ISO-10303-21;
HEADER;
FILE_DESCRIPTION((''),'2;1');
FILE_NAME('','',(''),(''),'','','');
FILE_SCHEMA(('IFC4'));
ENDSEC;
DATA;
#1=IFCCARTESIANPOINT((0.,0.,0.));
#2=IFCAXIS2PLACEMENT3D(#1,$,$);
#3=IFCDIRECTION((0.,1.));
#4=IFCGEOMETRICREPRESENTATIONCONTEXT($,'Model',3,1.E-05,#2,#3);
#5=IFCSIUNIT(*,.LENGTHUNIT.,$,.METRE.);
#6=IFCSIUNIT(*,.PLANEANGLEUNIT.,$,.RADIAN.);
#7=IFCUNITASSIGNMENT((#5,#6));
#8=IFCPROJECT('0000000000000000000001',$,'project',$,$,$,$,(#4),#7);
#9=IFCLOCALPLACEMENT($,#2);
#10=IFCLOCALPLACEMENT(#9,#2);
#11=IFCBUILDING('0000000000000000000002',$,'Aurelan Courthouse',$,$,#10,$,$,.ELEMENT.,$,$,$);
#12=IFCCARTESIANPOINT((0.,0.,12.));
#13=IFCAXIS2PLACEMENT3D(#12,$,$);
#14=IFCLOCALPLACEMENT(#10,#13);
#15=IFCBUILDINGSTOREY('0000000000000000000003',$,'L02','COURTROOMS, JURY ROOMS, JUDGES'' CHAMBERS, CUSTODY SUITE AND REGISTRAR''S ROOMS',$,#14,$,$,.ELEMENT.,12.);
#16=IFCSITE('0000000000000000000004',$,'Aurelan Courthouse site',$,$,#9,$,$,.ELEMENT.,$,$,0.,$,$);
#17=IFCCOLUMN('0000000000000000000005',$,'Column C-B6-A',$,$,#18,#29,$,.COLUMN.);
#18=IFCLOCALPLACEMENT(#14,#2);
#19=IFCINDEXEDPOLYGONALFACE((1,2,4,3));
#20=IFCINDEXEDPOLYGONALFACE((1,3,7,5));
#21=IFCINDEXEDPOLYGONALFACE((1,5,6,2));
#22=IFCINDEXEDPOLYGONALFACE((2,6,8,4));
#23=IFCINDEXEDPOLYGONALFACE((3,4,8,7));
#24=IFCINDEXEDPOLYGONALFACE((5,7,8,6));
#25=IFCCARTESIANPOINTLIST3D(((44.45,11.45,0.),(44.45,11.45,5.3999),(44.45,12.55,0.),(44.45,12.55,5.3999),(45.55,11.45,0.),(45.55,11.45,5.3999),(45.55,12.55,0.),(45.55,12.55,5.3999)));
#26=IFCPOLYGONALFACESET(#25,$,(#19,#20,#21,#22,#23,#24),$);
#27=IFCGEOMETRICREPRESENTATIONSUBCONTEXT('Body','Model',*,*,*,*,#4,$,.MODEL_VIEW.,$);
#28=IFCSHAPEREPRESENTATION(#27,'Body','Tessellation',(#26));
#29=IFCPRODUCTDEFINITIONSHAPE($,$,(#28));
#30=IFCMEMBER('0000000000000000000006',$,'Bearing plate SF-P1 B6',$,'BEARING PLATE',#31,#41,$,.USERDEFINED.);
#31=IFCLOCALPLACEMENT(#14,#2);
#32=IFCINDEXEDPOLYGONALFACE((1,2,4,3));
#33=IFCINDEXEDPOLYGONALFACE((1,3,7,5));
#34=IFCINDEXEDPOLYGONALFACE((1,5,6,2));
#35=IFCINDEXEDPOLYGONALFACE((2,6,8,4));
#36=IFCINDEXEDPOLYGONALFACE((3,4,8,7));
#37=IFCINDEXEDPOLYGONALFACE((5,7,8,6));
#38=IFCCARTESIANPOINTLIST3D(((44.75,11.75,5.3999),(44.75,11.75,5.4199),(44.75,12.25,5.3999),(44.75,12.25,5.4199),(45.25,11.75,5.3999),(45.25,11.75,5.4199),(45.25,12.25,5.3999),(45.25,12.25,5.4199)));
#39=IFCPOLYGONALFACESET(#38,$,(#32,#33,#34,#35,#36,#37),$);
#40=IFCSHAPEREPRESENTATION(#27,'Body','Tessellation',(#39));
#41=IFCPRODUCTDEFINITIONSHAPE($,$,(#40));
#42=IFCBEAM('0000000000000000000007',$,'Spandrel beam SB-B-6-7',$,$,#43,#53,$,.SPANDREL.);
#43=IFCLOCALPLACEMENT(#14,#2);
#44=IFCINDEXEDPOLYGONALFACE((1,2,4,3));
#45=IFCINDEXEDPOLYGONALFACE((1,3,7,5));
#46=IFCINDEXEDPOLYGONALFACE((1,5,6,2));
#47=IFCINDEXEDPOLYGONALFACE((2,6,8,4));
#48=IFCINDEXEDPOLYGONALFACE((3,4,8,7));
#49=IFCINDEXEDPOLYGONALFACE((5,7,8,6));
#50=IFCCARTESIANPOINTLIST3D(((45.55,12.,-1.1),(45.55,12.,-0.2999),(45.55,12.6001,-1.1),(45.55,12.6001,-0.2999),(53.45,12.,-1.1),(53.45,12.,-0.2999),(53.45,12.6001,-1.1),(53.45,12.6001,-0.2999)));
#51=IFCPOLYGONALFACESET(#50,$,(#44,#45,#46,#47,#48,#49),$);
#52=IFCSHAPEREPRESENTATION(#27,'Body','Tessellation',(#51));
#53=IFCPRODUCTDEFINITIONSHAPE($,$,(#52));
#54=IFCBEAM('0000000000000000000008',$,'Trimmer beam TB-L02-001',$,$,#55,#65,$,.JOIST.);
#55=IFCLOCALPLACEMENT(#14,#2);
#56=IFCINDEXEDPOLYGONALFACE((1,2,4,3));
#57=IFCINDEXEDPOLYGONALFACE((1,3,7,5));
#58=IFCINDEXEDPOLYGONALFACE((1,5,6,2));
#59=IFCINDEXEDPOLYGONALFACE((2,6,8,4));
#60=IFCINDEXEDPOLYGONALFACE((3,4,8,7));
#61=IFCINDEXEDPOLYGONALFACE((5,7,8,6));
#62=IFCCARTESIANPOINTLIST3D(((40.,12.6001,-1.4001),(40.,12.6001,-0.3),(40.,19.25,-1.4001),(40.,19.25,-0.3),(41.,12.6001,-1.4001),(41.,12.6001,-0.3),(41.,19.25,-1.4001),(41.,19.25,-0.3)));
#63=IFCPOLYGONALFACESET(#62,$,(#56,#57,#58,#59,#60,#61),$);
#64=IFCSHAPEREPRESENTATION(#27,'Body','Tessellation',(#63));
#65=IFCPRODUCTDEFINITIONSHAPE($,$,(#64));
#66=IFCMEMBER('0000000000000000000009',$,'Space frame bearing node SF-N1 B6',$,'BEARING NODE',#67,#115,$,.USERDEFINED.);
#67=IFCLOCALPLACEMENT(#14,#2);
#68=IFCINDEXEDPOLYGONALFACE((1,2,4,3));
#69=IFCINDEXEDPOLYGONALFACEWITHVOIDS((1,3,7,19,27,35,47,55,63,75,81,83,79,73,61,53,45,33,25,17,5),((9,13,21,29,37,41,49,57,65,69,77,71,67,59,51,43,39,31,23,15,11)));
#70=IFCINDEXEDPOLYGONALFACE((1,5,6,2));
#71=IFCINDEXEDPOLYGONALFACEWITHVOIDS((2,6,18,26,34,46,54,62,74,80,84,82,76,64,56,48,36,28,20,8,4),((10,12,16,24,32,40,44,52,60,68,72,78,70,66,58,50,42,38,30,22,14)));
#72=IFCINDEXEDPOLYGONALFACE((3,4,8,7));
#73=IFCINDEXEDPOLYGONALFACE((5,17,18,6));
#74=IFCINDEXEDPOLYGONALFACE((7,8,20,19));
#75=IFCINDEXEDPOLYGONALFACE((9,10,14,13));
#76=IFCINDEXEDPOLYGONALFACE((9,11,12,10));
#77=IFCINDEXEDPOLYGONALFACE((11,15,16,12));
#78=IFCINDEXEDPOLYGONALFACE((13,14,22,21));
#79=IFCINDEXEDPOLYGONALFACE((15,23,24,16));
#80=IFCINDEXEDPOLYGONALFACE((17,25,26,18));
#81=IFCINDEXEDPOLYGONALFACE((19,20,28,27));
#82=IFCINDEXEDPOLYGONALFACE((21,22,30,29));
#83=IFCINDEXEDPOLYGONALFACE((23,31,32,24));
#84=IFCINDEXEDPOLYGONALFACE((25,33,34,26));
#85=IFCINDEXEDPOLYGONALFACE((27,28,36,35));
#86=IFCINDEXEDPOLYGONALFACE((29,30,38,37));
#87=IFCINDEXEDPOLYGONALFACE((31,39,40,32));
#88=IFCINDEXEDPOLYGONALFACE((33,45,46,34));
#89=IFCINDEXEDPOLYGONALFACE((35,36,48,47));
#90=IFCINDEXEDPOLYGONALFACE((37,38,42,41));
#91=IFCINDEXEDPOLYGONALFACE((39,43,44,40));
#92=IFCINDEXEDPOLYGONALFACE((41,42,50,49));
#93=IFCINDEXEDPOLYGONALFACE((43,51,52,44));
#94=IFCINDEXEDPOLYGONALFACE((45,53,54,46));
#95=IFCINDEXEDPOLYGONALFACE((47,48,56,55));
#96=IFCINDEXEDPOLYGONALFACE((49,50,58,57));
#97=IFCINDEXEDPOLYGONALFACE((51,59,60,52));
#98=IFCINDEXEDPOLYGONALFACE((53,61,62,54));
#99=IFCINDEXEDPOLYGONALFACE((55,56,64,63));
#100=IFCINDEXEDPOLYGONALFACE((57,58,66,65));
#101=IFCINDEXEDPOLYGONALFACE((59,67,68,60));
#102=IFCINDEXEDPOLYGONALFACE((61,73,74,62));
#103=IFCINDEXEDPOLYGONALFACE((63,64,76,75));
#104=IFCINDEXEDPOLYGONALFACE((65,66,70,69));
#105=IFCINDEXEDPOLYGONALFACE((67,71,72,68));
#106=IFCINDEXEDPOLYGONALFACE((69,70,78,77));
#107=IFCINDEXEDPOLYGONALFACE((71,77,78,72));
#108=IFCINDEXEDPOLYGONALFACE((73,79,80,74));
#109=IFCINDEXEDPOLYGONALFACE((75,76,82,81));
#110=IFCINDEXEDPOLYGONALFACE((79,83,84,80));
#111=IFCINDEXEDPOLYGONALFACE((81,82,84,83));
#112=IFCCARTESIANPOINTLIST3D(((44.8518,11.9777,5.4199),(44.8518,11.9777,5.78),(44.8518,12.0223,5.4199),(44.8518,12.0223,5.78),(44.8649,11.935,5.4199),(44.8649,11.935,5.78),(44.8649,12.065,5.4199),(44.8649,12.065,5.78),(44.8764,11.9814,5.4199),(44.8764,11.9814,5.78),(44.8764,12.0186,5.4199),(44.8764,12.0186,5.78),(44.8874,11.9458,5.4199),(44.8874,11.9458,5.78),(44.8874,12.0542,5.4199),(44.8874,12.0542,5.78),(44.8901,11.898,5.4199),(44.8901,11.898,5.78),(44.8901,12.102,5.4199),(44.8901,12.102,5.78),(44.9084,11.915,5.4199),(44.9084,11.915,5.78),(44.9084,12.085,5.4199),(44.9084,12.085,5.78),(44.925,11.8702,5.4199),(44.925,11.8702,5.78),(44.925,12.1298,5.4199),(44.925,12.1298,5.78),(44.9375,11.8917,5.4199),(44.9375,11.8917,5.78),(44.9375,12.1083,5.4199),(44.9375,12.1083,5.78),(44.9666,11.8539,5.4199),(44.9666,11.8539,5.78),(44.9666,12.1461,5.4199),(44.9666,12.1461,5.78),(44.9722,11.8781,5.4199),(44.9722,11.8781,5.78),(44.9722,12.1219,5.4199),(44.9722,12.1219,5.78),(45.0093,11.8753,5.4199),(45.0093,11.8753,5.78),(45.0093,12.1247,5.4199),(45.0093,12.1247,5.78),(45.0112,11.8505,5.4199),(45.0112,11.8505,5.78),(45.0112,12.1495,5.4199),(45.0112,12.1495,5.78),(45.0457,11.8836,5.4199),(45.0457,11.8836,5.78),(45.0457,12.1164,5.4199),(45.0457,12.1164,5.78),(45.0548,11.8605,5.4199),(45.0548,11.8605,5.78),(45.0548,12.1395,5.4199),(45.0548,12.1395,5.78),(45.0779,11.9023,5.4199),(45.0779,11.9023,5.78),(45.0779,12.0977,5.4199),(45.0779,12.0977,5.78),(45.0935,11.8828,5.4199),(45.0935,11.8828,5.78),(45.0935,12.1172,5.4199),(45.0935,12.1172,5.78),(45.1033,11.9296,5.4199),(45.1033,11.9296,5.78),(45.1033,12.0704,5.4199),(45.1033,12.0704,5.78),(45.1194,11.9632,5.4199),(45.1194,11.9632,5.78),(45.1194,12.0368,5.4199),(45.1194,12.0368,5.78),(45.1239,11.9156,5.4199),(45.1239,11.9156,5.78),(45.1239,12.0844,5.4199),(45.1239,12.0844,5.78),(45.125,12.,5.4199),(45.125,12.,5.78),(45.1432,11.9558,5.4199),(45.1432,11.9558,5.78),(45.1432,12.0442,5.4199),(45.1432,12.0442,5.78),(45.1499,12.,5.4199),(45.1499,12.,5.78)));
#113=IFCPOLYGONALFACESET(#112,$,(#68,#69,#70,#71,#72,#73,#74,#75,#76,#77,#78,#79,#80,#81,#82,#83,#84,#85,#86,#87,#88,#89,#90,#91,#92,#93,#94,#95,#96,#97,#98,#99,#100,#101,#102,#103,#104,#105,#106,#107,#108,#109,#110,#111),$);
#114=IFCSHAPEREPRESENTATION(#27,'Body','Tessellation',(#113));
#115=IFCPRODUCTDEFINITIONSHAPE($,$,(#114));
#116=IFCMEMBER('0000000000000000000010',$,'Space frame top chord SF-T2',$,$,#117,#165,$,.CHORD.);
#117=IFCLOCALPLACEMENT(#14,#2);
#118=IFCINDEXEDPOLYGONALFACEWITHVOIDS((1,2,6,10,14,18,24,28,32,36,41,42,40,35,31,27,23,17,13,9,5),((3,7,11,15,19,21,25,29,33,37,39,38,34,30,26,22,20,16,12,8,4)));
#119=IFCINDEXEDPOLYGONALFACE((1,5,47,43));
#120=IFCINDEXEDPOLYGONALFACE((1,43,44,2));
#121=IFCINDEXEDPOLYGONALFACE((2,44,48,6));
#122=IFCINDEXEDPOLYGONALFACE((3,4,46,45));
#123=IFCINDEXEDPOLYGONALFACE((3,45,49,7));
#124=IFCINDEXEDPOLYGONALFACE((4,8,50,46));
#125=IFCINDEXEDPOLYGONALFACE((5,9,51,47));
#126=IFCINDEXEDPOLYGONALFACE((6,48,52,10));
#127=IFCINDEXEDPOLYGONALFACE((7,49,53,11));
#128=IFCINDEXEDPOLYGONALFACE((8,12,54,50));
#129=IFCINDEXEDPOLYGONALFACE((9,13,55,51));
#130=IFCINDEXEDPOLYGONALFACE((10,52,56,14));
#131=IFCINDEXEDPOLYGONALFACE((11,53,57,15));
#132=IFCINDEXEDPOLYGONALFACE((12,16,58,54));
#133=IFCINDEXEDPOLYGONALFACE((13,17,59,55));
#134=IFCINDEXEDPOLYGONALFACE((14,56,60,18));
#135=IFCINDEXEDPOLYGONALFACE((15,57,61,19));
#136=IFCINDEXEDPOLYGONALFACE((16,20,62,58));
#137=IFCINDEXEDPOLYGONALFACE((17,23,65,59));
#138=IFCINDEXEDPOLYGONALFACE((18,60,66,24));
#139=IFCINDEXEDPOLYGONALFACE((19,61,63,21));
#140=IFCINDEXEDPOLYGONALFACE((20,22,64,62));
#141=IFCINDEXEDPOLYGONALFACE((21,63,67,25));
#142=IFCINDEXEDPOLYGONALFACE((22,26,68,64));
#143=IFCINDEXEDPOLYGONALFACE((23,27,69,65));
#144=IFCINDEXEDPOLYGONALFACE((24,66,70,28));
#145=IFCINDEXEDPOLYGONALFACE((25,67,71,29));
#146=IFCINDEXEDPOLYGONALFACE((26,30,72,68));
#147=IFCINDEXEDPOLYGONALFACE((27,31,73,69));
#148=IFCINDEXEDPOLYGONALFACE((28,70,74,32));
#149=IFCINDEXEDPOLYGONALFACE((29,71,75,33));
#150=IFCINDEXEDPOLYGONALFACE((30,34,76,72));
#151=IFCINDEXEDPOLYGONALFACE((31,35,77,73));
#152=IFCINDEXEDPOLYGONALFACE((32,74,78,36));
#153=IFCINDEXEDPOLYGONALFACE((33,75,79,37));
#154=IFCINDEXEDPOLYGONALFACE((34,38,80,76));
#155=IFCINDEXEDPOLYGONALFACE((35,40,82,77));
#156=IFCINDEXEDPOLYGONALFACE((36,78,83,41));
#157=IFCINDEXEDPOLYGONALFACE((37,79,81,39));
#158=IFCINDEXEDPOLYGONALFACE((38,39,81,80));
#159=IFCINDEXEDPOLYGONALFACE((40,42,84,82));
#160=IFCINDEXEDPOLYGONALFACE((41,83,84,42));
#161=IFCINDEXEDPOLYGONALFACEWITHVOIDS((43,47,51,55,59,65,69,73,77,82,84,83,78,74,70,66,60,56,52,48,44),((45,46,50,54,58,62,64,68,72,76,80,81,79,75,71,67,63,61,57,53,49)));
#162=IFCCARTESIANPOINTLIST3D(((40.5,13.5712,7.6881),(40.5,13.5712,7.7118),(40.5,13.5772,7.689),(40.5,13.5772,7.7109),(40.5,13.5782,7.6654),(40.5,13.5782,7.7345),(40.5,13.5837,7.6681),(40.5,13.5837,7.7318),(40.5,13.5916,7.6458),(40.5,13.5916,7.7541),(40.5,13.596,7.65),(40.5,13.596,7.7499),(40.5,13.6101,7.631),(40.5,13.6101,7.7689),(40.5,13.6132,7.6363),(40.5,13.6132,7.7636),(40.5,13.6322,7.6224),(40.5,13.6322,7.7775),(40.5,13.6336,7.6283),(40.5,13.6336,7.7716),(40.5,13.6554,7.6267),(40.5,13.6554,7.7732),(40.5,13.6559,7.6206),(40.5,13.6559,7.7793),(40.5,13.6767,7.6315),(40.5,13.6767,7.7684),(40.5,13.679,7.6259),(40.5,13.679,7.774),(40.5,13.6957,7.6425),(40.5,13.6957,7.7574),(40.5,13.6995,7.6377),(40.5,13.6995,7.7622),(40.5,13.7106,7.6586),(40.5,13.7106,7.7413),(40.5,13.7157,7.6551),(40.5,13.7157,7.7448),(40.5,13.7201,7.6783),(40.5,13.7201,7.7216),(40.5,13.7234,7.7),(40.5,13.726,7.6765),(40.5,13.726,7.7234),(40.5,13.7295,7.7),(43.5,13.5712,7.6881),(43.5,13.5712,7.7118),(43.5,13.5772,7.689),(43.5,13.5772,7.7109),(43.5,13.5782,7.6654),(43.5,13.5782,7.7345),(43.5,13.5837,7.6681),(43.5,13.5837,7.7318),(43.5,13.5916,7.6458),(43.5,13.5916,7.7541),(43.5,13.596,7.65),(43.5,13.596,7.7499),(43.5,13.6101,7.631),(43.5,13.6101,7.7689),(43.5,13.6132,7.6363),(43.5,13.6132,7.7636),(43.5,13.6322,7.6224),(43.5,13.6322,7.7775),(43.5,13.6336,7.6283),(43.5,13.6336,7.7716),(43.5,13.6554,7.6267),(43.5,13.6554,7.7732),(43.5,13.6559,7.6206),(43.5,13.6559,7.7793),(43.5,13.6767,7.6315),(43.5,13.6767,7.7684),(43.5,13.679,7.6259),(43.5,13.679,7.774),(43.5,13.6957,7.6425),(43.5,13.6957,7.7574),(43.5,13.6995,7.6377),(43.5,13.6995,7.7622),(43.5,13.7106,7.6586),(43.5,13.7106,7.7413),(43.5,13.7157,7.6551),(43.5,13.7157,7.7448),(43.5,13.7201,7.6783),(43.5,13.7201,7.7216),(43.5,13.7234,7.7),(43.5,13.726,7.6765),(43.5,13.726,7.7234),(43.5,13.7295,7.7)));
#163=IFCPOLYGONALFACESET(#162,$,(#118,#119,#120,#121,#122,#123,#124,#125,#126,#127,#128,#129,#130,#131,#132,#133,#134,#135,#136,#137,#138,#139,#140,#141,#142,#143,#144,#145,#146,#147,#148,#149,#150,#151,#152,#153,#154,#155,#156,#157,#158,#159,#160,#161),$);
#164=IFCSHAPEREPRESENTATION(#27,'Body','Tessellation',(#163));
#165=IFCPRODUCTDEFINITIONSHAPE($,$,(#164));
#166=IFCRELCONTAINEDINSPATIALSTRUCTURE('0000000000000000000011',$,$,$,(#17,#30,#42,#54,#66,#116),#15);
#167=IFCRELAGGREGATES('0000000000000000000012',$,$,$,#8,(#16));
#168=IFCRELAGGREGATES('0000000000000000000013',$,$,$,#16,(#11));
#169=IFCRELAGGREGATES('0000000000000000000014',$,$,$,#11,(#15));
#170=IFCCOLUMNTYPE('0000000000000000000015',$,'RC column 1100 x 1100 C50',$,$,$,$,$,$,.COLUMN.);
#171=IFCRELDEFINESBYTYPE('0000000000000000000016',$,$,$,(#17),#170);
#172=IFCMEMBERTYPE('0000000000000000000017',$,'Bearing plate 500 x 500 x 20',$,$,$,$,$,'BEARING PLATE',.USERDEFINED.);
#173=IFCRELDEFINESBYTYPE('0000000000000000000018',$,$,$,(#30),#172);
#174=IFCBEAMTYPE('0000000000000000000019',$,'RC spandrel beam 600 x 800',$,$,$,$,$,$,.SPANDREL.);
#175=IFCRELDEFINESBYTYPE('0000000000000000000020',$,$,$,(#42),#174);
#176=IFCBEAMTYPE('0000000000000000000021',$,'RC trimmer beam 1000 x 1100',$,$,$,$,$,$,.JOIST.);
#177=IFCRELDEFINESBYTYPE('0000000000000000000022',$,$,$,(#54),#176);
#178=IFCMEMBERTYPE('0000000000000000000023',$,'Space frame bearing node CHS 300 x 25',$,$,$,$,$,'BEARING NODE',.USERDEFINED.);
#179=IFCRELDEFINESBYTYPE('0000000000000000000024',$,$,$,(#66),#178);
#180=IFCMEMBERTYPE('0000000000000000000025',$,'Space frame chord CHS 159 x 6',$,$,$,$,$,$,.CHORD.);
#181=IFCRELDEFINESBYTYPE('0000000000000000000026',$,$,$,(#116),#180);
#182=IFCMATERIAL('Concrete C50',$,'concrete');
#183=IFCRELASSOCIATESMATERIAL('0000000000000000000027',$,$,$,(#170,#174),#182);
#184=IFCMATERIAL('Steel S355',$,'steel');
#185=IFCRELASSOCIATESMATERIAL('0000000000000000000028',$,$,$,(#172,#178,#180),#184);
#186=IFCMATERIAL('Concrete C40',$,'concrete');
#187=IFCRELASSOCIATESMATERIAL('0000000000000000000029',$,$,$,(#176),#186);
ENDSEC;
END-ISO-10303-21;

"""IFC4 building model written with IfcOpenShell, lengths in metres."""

from ifc_helpers import new_model, si_unit, direction, frame, origin, origin_2d, place, context, subcontext, project, spatial, rectangle, hollow_circle, extrude, material, material_profile, profile_set, type_object, element, save


model = new_model("IFC4")

# Units and contexts
model_context = context("Model", 3, precision=1e-05, world=origin(), true_north=direction((0.0, 1.0)))
body_context = subcontext(model_context, "Body", "Model", "MODEL_VIEW")
ifc_project = project(units=[si_unit("LENGTHUNIT", "METRE"), si_unit("PLANEANGLEUNIT", "RADIAN")], contexts=[model_context])

# Site, building, storey
site_placement = place(None, origin())
site = spatial("IfcSite", under=ifc_project, at=site_placement, Name="Aurelan Courthouse site", CompositionType="ELEMENT", RefElevation=0.0)
building_placement = place(site_placement, origin())
building = spatial("IfcBuilding", under=site, at=building_placement, Name="Aurelan Courthouse", CompositionType="ELEMENT")
storey_placement = place(building_placement, frame((0.0, 0.0, 12.0)))
storey = spatial("IfcBuildingStorey", under=building, at=storey_placement, Name="L02", Description="COURTROOMS, JURY ROOMS, JUDGES' CHAMBERS, CUSTODY SUITE AND REGISTRAR'S ROOMS", CompositionType="ELEMENT", Elevation=12.0)

# Column
ifc_material_1 = material(Name="Concrete C50", Category="concrete")
ifc_material_profile_1 = material_profile(ifc_material_1, rectangle(XDim=1.1001, YDim=1.1001, at=origin_2d()), Name="RC 1100 x 1100")
ifc_profile_set_1 = profile_set([ifc_material_profile_1], Name="Concrete C50")
column_type = type_object("IfcColumnType", Name="RC column 1100 x 1100 C50", PredefinedType="COLUMN", material=ifc_profile_set_1)
column_placement = place(storey_placement, frame((45.0, 12.0, 0.0), z_axis=(0.0, 0.0, 1.0), x_axis=(1.0, 0.0, 0.0)))
element("IfcColumn", 1, at=column_placement, inside=storey, type_object=column_type, Name="Column C-B6-A", PredefinedType="COLUMN", context=body_context, shape_type="SweptSolid", body=[
    extrude(rectangle(XDim=1.1001, YDim=1.1001, at=origin_2d()), origin(), (0.0, 0.0, 1.0), 5.3999),
])

# Member
ifc_material_2 = material(Name="Steel S355", Category="steel")
ifc_material_profile_2 = material_profile(ifc_material_2, rectangle(XDim=0.5, YDim=0.5, at=origin_2d()), Name="PL 500 x 500")
ifc_profile_set_2 = profile_set([ifc_material_profile_2], Name="Steel S355")
member_type_1 = type_object("IfcMemberType", Name="Bearing plate 500 x 500 x 20", ElementType="BEARING PLATE", PredefinedType="USERDEFINED", material=ifc_profile_set_2)
member_1_placement = place(storey_placement, frame((45.0, 12.0, 5.3999), z_axis=(0.0, 0.0, 1.0), x_axis=(1.0, 0.0, 0.0)))
element("IfcMember", 2, at=member_1_placement, inside=storey, type_object=member_type_1, Name="Bearing plate SF-P1 B6", ObjectType="BEARING PLATE", PredefinedType="USERDEFINED", context=body_context, shape_type="SweptSolid", body=[
    extrude(rectangle(XDim=0.5, YDim=0.5, at=origin_2d()), origin(), (0.0, 0.0, 1.0), 0.02),
])

# Beams
ifc_material_profile_3 = material_profile(ifc_material_1, rectangle(XDim=0.6001, YDim=0.8, at=origin_2d()), Name="RC 600 x 800")
ifc_profile_set_3 = profile_set([ifc_material_profile_3], Name="Concrete C50")
beam_type_1 = type_object("IfcBeamType", Name="RC spandrel beam 600 x 800", PredefinedType="SPANDREL", material=ifc_profile_set_3)
beam_1_placement = place(storey_placement, frame((45.55, 12.3, -0.7), z_axis=(1.0, 0.0, 0.0), x_axis=(0.0, 1.0, 0.0)))
element("IfcBeam", 3, at=beam_1_placement, inside=storey, type_object=beam_type_1, Name="Spandrel beam SB-B-6-7", PredefinedType="SPANDREL", context=body_context, shape_type="SweptSolid", body=[
    extrude(rectangle(XDim=0.6001, YDim=0.8, at=origin_2d()), origin(), (0.0, 0.0, 1.0), 7.8999),
])
ifc_material_3 = material(Name="Concrete C40", Category="concrete")
ifc_material_profile_4 = material_profile(ifc_material_3, rectangle(XDim=1.0, YDim=1.1001, at=origin_2d()), Name="RC 1000 x 1100")
ifc_profile_set_4 = profile_set([ifc_material_profile_4], Name="Concrete C40")
beam_type_2 = type_object("IfcBeamType", Name="RC trimmer beam 1000 x 1100", PredefinedType="JOIST", material=ifc_profile_set_4)
beam_2_placement = place(storey_placement, frame((40.5, 12.6001, -0.8501), z_axis=(0.0, 1.0, 0.0), x_axis=(-1.0, 0.0, 0.0)))
element("IfcBeam", 4, at=beam_2_placement, inside=storey, type_object=beam_type_2, Name="Trimmer beam TB-L02-001", PredefinedType="JOIST", context=body_context, shape_type="SweptSolid", body=[
    extrude(rectangle(XDim=1.0, YDim=1.1001, at=origin_2d()), origin(), (0.0, 0.0, 1.0), 6.6499),
])

# Members
ifc_material_profile_5 = material_profile(ifc_material_2, hollow_circle(Radius=0.1499, WallThickness=0.0249, at=origin_2d()), Name="CHS 300 x 25")
ifc_profile_set_5 = profile_set([ifc_material_profile_5], Name="Steel S355")
member_type_2 = type_object("IfcMemberType", Name="Space frame bearing node CHS 300 x 25", ElementType="BEARING NODE", PredefinedType="USERDEFINED", material=ifc_profile_set_5)
member_2_placement = place(storey_placement, frame((45.0, 12.0, 5.4199), z_axis=(0.0, 0.0, 1.0), x_axis=(1.0, 0.0, 0.0)))
element("IfcMember", 5, at=member_2_placement, inside=storey, type_object=member_type_2, Name="Space frame bearing node SF-N1 B6", ObjectType="BEARING NODE", PredefinedType="USERDEFINED", context=body_context, shape_type="SweptSolid", body=[
    extrude(hollow_circle(Radius=0.1499, WallThickness=0.0249, at=origin_2d()), origin(), (0.0, 0.0, 1.0), 0.3601),
])
ifc_material_profile_6 = material_profile(ifc_material_2, hollow_circle(Radius=0.0796, WallThickness=0.0061, at=origin_2d()), Name="CHS 159 x 6")
ifc_profile_set_6 = profile_set([ifc_material_profile_6], Name="Steel S355")
member_type_3 = type_object("IfcMemberType", Name="Space frame chord CHS 159 x 6", PredefinedType="CHORD", material=ifc_profile_set_6)
member_3_placement = place(storey_placement, frame((40.5, 13.6499, 7.7), z_axis=(1.0, 0.0, 0.0), x_axis=(0.0, 1.0, 0.0)))
element("IfcMember", 6, at=member_3_placement, inside=storey, type_object=member_type_3, Name="Space frame top chord SF-T2", PredefinedType="CHORD", context=body_context, shape_type="SweptSolid", body=[
    extrude(hollow_circle(Radius=0.0796, WallThickness=0.0061, at=origin_2d()), origin(), (0.0, 0.0, 1.0), 3.0),
])

save(model, "model.ifc")
